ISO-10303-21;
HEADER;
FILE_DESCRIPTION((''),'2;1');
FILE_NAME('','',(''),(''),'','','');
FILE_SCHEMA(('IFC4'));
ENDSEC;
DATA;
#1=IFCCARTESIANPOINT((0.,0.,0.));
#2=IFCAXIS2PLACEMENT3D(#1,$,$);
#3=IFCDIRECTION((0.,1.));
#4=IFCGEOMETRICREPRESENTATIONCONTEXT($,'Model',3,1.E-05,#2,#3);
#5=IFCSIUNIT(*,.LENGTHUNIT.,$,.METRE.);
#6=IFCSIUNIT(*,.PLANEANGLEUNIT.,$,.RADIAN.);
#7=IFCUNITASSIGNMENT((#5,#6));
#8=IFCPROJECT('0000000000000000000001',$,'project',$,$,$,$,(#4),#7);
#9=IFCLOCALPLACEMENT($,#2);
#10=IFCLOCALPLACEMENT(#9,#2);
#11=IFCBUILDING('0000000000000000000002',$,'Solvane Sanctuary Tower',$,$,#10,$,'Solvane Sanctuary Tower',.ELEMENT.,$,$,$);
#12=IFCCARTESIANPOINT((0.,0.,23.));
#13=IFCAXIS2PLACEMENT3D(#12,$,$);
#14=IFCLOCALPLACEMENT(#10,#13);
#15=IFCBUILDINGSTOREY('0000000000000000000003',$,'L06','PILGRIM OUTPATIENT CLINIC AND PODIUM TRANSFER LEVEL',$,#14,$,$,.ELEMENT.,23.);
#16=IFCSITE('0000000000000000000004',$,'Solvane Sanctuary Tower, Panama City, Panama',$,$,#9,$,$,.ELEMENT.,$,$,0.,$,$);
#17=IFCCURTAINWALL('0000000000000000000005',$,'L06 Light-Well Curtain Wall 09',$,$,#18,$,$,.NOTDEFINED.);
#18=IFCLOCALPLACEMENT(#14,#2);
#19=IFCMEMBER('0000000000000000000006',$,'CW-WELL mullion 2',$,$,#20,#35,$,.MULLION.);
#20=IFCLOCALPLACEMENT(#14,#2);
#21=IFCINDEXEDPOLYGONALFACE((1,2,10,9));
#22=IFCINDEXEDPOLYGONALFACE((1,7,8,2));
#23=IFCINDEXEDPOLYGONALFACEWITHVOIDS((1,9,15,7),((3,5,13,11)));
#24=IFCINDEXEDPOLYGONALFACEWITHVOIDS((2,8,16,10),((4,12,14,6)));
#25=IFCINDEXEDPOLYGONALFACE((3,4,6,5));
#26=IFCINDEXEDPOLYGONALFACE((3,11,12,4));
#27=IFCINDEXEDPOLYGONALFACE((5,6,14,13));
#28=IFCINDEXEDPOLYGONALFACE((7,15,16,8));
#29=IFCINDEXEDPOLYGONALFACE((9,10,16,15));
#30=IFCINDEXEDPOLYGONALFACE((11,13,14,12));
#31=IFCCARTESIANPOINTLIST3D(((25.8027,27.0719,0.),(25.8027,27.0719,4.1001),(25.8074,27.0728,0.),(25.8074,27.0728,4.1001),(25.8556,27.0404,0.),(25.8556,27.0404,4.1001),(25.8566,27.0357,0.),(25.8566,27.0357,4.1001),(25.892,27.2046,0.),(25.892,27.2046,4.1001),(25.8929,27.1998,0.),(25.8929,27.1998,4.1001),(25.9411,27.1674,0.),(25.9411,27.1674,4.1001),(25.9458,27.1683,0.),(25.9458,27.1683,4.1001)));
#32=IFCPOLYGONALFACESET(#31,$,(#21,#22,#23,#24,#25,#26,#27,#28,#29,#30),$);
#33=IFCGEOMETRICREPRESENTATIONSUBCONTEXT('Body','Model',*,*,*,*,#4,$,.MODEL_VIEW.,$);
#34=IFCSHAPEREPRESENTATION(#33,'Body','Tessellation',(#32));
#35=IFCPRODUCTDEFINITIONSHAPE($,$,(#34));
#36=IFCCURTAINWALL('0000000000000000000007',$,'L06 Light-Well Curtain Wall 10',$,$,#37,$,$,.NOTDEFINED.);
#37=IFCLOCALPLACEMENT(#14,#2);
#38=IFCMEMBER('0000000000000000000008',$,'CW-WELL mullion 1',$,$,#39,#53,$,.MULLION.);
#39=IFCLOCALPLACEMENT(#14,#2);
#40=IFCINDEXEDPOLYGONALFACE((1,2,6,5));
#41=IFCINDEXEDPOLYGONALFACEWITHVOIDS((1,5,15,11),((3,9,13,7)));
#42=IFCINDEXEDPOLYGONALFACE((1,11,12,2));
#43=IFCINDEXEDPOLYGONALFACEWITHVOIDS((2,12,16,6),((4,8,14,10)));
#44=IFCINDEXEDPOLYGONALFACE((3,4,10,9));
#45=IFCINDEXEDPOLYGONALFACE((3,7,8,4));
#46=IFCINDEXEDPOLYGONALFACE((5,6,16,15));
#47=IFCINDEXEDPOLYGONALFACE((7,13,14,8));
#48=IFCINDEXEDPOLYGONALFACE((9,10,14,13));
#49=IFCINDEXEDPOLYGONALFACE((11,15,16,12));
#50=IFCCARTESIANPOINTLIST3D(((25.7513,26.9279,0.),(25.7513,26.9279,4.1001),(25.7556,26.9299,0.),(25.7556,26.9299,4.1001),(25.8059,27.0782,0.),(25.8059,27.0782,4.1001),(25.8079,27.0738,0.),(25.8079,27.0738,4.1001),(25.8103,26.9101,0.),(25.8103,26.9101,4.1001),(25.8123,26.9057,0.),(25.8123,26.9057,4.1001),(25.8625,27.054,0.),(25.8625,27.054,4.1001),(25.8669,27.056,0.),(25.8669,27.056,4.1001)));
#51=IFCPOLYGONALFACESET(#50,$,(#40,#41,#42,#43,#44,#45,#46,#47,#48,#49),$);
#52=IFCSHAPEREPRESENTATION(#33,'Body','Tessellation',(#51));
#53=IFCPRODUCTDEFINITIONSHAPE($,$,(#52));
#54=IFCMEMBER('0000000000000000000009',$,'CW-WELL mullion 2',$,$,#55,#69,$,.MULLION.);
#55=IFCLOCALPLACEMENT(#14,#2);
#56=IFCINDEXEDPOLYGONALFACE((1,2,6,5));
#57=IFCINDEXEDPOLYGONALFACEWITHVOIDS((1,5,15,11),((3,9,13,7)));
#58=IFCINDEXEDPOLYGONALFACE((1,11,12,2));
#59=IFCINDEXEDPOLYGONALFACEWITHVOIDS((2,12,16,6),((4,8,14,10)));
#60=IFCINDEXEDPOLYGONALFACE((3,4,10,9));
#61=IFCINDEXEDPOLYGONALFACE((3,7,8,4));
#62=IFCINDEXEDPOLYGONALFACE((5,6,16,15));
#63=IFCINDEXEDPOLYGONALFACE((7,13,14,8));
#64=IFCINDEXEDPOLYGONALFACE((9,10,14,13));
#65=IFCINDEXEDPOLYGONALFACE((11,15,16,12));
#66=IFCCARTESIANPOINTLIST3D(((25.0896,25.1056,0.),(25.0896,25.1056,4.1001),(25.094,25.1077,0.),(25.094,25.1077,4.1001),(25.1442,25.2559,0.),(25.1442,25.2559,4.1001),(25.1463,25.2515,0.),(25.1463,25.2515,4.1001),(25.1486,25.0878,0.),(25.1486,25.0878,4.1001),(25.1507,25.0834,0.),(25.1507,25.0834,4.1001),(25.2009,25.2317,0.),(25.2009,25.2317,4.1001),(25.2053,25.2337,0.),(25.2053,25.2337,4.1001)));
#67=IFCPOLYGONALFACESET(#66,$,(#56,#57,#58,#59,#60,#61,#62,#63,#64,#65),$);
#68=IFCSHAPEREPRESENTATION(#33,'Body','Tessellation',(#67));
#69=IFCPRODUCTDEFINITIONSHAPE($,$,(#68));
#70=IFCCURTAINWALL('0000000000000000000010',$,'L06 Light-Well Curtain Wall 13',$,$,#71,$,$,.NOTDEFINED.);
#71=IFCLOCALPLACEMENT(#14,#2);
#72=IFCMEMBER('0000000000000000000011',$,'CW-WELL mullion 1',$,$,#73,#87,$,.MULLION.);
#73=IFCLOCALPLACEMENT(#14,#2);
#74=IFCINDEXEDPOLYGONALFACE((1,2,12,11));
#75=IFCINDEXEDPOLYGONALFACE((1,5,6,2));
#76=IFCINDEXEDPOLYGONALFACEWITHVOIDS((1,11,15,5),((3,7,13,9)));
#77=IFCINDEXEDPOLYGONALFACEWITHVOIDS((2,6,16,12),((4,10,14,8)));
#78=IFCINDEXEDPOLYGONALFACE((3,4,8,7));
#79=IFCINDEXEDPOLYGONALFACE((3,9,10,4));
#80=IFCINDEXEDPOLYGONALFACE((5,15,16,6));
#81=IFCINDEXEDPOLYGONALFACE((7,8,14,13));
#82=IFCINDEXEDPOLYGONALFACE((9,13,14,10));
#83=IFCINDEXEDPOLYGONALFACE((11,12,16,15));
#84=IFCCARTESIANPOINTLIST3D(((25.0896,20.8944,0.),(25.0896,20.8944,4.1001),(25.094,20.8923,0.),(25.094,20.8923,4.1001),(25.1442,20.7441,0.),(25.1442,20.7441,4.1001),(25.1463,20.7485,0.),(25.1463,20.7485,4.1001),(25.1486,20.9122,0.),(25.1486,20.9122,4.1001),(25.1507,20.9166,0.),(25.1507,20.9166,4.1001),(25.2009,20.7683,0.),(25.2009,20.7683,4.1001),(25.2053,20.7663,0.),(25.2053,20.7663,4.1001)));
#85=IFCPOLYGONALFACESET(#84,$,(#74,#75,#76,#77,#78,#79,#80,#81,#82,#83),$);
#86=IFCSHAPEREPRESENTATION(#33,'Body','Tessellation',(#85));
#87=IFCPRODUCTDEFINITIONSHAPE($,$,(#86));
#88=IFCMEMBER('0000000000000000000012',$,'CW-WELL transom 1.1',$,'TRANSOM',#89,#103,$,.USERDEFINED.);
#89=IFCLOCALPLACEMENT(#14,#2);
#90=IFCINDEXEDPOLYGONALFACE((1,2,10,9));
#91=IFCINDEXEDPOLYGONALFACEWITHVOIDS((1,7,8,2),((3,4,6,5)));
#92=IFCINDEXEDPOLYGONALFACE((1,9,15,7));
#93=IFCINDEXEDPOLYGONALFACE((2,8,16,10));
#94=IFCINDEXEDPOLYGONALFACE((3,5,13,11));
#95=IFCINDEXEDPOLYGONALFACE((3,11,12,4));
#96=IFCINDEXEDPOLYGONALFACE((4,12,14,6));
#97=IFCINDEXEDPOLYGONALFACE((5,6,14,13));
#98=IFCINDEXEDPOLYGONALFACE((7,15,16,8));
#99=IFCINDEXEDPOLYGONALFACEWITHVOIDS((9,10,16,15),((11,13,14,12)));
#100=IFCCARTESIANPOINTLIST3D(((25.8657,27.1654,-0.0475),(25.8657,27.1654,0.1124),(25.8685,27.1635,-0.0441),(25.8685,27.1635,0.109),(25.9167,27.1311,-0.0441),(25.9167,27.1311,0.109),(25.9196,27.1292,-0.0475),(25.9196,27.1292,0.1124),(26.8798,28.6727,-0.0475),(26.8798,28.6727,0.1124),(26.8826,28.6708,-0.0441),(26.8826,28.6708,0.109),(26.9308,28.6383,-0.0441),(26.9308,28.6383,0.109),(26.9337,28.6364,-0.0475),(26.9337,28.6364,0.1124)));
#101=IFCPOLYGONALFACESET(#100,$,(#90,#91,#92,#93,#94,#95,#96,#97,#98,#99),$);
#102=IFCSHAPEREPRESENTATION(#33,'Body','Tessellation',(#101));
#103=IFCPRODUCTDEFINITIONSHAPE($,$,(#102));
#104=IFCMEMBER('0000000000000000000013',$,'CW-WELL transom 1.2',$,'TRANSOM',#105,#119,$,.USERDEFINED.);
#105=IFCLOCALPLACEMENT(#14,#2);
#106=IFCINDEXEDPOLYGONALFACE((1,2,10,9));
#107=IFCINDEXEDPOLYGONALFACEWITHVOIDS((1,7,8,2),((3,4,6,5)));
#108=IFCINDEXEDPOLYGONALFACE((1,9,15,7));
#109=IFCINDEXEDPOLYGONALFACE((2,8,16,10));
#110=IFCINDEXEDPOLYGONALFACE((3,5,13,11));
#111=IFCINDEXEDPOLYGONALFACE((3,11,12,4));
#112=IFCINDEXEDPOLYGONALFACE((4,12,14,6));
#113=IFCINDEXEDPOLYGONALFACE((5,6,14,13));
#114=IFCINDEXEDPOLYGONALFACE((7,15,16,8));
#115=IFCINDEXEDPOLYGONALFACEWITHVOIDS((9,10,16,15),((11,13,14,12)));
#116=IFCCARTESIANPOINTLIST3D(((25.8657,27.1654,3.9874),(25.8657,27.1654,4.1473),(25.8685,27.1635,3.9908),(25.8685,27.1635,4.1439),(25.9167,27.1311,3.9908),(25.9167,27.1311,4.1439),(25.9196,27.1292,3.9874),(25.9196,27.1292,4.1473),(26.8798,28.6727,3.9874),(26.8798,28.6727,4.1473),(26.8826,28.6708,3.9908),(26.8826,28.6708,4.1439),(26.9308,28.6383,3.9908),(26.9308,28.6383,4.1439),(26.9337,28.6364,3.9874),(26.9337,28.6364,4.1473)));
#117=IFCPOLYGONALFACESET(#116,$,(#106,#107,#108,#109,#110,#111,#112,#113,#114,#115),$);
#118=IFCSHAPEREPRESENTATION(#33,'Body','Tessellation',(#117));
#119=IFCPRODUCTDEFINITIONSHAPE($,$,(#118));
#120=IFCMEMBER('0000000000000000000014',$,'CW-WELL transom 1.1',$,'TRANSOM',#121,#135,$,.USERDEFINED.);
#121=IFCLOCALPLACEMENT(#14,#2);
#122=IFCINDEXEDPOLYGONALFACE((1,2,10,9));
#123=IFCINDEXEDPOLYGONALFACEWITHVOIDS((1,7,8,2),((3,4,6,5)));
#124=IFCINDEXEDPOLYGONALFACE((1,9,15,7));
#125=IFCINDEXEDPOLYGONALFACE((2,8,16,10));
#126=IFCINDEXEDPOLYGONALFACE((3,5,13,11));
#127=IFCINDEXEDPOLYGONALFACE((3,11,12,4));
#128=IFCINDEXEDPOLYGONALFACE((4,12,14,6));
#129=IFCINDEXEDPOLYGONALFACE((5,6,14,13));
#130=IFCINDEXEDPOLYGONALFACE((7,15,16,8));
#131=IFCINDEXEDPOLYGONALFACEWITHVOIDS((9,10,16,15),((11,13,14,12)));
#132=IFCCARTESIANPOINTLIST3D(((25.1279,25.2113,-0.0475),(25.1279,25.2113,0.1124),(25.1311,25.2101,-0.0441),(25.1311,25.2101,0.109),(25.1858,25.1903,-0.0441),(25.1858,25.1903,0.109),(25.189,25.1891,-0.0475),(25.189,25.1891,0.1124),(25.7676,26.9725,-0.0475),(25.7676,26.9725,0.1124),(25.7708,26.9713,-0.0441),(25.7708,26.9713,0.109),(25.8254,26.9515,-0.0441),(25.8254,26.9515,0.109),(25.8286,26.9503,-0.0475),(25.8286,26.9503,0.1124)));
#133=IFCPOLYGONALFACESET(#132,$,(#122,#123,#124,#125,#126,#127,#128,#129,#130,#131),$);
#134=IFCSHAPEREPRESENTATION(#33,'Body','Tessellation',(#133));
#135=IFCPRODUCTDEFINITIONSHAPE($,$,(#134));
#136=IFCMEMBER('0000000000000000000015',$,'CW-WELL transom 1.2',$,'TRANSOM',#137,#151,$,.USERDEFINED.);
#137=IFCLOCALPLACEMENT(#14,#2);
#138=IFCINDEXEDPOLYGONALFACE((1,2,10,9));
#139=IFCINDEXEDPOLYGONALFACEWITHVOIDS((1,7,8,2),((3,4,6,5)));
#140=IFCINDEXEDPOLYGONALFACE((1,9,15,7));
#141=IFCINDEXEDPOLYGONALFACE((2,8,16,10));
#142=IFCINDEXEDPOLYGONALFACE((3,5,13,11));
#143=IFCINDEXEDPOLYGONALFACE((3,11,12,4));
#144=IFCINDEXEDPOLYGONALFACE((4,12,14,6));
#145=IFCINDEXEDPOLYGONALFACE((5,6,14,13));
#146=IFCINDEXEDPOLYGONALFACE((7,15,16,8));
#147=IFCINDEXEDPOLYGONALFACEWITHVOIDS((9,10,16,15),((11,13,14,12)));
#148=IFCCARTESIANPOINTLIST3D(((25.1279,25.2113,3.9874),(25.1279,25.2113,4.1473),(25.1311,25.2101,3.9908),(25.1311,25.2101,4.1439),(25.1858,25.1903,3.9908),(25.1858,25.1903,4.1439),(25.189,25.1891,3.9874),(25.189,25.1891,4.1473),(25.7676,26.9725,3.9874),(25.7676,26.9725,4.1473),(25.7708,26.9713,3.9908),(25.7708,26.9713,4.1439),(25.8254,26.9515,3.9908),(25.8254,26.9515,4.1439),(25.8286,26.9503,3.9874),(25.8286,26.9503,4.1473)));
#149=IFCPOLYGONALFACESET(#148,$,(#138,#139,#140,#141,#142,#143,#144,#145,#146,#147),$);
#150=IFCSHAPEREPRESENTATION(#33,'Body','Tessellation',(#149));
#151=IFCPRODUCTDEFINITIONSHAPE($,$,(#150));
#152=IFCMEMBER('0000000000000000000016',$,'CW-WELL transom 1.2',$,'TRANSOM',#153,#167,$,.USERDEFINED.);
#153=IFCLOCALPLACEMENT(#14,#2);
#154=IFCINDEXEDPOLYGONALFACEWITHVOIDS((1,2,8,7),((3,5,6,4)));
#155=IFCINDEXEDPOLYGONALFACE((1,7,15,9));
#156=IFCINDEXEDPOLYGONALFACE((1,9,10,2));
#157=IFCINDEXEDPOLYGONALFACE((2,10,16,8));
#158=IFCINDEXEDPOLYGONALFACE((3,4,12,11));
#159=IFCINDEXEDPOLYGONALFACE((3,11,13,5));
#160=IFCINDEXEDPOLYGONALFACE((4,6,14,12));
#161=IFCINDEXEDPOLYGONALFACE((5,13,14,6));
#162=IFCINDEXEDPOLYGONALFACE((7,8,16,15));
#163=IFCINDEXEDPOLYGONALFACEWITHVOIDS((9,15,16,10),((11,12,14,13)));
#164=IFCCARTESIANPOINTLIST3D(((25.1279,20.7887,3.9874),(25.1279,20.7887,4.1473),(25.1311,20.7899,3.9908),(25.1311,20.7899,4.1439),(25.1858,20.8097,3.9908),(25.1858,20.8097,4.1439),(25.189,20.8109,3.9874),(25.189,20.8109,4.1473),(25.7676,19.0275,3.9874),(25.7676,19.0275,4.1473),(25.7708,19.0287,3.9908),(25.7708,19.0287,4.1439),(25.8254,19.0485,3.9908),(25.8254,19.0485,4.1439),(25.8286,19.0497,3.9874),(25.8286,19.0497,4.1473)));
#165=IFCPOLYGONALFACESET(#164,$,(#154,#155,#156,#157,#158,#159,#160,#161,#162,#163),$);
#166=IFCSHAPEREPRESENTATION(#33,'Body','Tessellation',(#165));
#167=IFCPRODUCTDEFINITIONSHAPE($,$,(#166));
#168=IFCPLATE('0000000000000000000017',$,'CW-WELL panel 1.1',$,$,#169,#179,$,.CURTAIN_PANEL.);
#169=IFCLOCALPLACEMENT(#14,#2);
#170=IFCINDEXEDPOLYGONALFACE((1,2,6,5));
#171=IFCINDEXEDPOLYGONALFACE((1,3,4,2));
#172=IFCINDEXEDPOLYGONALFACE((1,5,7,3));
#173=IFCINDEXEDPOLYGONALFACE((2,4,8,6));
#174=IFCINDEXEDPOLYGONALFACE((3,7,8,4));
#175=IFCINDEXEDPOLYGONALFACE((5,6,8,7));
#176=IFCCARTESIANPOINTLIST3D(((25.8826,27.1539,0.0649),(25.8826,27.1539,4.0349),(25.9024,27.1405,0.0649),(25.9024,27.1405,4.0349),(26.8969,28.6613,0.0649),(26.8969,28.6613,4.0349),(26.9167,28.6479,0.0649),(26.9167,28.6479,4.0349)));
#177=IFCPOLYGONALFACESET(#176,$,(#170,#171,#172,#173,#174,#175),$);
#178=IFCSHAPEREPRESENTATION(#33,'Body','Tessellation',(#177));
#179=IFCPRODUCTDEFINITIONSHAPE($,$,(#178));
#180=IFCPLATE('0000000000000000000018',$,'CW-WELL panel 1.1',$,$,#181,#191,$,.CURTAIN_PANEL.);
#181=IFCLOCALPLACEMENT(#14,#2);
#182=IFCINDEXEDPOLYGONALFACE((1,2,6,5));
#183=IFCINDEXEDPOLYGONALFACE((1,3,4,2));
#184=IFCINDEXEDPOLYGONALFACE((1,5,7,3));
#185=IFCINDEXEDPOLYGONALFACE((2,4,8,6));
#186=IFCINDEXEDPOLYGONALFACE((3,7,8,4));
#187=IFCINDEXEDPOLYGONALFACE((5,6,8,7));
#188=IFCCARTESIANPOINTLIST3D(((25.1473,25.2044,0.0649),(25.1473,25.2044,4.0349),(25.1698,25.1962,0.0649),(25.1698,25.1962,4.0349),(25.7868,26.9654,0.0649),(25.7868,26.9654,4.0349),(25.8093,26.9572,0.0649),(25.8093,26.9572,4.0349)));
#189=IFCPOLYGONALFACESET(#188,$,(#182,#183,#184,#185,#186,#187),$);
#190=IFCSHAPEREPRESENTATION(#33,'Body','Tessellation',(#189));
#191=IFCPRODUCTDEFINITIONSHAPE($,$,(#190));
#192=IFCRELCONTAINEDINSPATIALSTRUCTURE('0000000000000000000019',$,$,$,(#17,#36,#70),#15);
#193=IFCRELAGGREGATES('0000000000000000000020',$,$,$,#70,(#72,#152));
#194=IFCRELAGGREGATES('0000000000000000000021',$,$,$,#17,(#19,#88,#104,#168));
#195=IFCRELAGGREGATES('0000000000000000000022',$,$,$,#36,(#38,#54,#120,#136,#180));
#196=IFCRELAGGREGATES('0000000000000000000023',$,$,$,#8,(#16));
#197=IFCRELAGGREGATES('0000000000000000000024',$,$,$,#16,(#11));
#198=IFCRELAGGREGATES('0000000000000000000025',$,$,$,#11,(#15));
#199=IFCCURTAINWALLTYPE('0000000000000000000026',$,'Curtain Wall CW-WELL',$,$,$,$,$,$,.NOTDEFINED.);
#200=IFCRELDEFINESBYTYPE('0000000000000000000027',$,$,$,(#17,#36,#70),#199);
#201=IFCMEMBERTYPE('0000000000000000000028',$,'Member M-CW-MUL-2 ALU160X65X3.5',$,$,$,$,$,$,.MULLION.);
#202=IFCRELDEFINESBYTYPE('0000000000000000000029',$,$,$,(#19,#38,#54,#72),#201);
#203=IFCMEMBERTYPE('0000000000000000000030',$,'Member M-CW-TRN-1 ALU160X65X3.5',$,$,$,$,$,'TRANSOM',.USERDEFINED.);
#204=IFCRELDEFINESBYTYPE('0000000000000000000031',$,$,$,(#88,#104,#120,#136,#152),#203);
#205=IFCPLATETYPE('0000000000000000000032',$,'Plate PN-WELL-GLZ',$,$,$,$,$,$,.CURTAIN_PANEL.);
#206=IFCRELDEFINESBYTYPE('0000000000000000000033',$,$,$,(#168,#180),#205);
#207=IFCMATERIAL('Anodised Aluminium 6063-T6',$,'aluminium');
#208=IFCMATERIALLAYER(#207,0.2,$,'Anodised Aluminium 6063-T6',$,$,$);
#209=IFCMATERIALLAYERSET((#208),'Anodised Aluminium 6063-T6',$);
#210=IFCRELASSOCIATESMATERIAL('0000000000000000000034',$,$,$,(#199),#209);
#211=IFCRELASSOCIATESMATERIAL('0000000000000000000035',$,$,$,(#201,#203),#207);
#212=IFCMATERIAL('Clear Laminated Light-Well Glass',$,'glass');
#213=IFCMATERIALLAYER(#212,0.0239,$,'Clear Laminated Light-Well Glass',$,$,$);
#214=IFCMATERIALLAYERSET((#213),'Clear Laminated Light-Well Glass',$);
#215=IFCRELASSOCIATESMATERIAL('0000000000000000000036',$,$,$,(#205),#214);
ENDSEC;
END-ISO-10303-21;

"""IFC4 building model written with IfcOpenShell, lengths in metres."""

from ifc_helpers import new_model, si_unit, direction, frame, origin, origin_2d, place, context, subcontext, project, spatial, rectangle, hollow_rectangle, extrude, material, layer, layer_set, material_profile, profile_set, type_object, element, aggregate, save


model = new_model("IFC4")

# Units and contexts
model_context = context("Model", 3, precision=1e-05, world=origin(), true_north=direction((0.0, 1.0)))
body_context = subcontext(model_context, "Body", "Model", "MODEL_VIEW")
ifc_project = project(units=[si_unit("LENGTHUNIT", "METRE"), si_unit("PLANEANGLEUNIT", "RADIAN")], contexts=[model_context])

# Site, building, storey
site_placement = place(None, origin())
site = spatial("IfcSite", under=ifc_project, at=site_placement, Name="Solvane Sanctuary Tower, Panama City, Panama", CompositionType="ELEMENT", RefElevation=0.0)
building_placement = place(site_placement, origin())
building = spatial("IfcBuilding", under=site, at=building_placement, Name="Solvane Sanctuary Tower", LongName="Solvane Sanctuary Tower", CompositionType="ELEMENT")
storey_placement = place(building_placement, frame((0.0, 0.0, 23.0)))
storey = spatial("IfcBuildingStorey", under=building, at=storey_placement, Name="L06", Description="PILGRIM OUTPATIENT CLINIC AND PODIUM TRANSFER LEVEL", CompositionType="ELEMENT", Elevation=23.0)

# Curtain wall, member
ifc_material_1 = material(Name="Anodised Aluminium 6063-T6", Category="aluminium")
ifc_layer_1 = layer(ifc_material_1, 0.2, Name="Anodised Aluminium 6063-T6")
ifc_layer_set_1 = layer_set([ifc_layer_1], Name="Anodised Aluminium 6063-T6")
curtain_wall_type = type_object("IfcCurtainWallType", Name="Curtain Wall CW-WELL", PredefinedType="NOTDEFINED", material=ifc_layer_set_1)
curtain_wall_1_placement = place(storey_placement, origin())
curtain_wall_1 = element("IfcCurtainWall", 1, at=curtain_wall_1_placement, inside=storey, type_object=curtain_wall_type, Name="L06 Light-Well Curtain Wall 09", PredefinedType="NOTDEFINED")
ifc_material_profile_1 = material_profile(ifc_material_1, hollow_rectangle(XDim=0.0649, YDim=0.1599, WallThickness=0.0034, at=origin_2d()), Name="ALU160X65X3.5")
ifc_profile_set_1 = profile_set([ifc_material_profile_1], Name="Anodised Aluminium 6063-T6")
member_type_1 = type_object("IfcMemberType", Name="Member M-CW-MUL-2 ALU160X65X3.5", PredefinedType="MULLION", material=ifc_profile_set_1)
member_1_placement = place(storey_placement, frame((25.8743, 27.1201, 0.0), z_axis=(0.0, 0.0, 1.0), x_axis=(0.829664, -0.558263, 0.0)))
member_1 = element("IfcMember", 2, at=member_1_placement, type_object=member_type_1, Name="CW-WELL mullion 2", PredefinedType="MULLION", context=body_context, shape_type="SweptSolid", body=[
    extrude(hollow_rectangle(XDim=0.0649, YDim=0.1599, WallThickness=0.0034, at=origin_2d()), origin(), (0.0, 0.0, 1.0), 4.1001),
])

# Curtain wall, members
curtain_wall_2_placement = place(storey_placement, origin())
curtain_wall_2 = element("IfcCurtainWall", 3, at=curtain_wall_2_placement, inside=storey, type_object=curtain_wall_type, Name="L06 Light-Well Curtain Wall 10", PredefinedType="NOTDEFINED")
member_2_placement = place(storey_placement, frame((25.8091, 26.9919, 0.0), z_axis=(0.0, 0.0, 1.0), x_axis=(0.939938, -0.341346, 0.0)))
member_2 = element("IfcMember", 4, at=member_2_placement, type_object=member_type_1, Name="CW-WELL mullion 1", PredefinedType="MULLION", context=body_context, shape_type="SweptSolid", body=[
    extrude(hollow_rectangle(XDim=0.0649, YDim=0.1599, WallThickness=0.0034, at=origin_2d()), origin(), (0.0, 0.0, 1.0), 4.1001),
])
member_3_placement = place(storey_placement, frame((25.1475, 25.1697, 0.0), z_axis=(0.0, 0.0, 1.0), x_axis=(0.939938, -0.341346, 0.0)))
member_3 = element("IfcMember", 5, at=member_3_placement, type_object=member_type_1, Name="CW-WELL mullion 2", PredefinedType="MULLION", context=body_context, shape_type="SweptSolid", body=[
    extrude(hollow_rectangle(XDim=0.0649, YDim=0.1599, WallThickness=0.0034, at=origin_2d()), origin(), (0.0, 0.0, 1.0), 4.1001),
])

# Curtain wall, member
curtain_wall_3_placement = place(storey_placement, origin())
curtain_wall_3 = element("IfcCurtainWall", 6, at=curtain_wall_3_placement, inside=storey, type_object=curtain_wall_type, Name="L06 Light-Well Curtain Wall 13", PredefinedType="NOTDEFINED")
member_4_placement = place(storey_placement, frame((25.1475, 20.8303, 0.0), z_axis=(0.0, 0.0, 1.0), x_axis=(0.939938, 0.341346, 0.0)))
member_4 = element("IfcMember", 7, at=member_4_placement, type_object=member_type_1, Name="CW-WELL mullion 1", PredefinedType="MULLION", context=body_context, shape_type="SweptSolid", body=[
    extrude(hollow_rectangle(XDim=0.0649, YDim=0.1599, WallThickness=0.0034, at=origin_2d()), origin(), (0.0, 0.0, 1.0), 4.1001),
])

# Members
ifc_material_profile_2 = material_profile(ifc_material_1, hollow_rectangle(XDim=0.0649, YDim=0.1599, WallThickness=0.0034, at=origin_2d()), Name="ALU160X65X3.5")
ifc_profile_set_2 = profile_set([ifc_material_profile_2], Name="Anodised Aluminium 6063-T6")
member_type_2 = type_object("IfcMemberType", Name="Member M-CW-TRN-1 ALU160X65X3.5", ElementType="TRANSOM", PredefinedType="USERDEFINED", material=ifc_profile_set_2)
member_5_placement = place(storey_placement, frame((26.9067, 28.6545, 0.0325), z_axis=(-0.558231, -0.829686, 0.0), x_axis=(0.829686, -0.558231, 0.0)))
member_5 = element("IfcMember", 8, at=member_5_placement, type_object=member_type_2, Name="CW-WELL transom 1.1", ObjectType="TRANSOM", PredefinedType="USERDEFINED", context=body_context, shape_type="SweptSolid", body=[
    extrude(hollow_rectangle(XDim=0.0649, YDim=0.1599, WallThickness=0.0034, at=origin_2d()), origin(), (0.0, 0.0, 1.0), 1.8167),
])
member_6_placement = place(storey_placement, frame((26.9067, 28.6545, 4.0674), z_axis=(-0.558231, -0.829686, 0.0), x_axis=(0.829686, -0.558231, 0.0)))
member_6 = element("IfcMember", 9, at=member_6_placement, type_object=member_type_2, Name="CW-WELL transom 1.2", ObjectType="TRANSOM", PredefinedType="USERDEFINED", context=body_context, shape_type="SweptSolid", body=[
    extrude(hollow_rectangle(XDim=0.0649, YDim=0.1599, WallThickness=0.0034, at=origin_2d()), origin(), (0.0, 0.0, 1.0), 1.8167),
])
member_7_placement = place(storey_placement, frame((25.7981, 26.9614, 0.0325), z_axis=(-0.341366, -0.93993, 0.0), x_axis=(0.93993, -0.341366, 0.0)))
member_7 = element("IfcMember", 10, at=member_7_placement, type_object=member_type_2, Name="CW-WELL transom 1.1", ObjectType="TRANSOM", PredefinedType="USERDEFINED", context=body_context, shape_type="SweptSolid", body=[
    extrude(hollow_rectangle(XDim=0.0649, YDim=0.1599, WallThickness=0.0034, at=origin_2d()), origin(), (0.0, 0.0, 1.0), 1.8738),
])
member_8_placement = place(storey_placement, frame((25.7981, 26.9614, 4.0674), z_axis=(-0.341366, -0.93993, 0.0), x_axis=(0.93993, -0.341366, 0.0)))
member_8 = element("IfcMember", 11, at=member_8_placement, type_object=member_type_2, Name="CW-WELL transom 1.2", ObjectType="TRANSOM", PredefinedType="USERDEFINED", context=body_context, shape_type="SweptSolid", body=[
    extrude(hollow_rectangle(XDim=0.0649, YDim=0.1599, WallThickness=0.0034, at=origin_2d()), origin(), (0.0, 0.0, 1.0), 1.8738),
])
member_9_placement = place(storey_placement, frame((25.1584, 20.7998, 4.0674), z_axis=(0.341366, -0.93993, 0.0), x_axis=(0.93993, 0.341366, 0.0)))
member_9 = element("IfcMember", 12, at=member_9_placement, type_object=member_type_2, Name="CW-WELL transom 1.2", ObjectType="TRANSOM", PredefinedType="USERDEFINED", context=body_context, shape_type="SweptSolid", body=[
    extrude(hollow_rectangle(XDim=0.0649, YDim=0.1599, WallThickness=0.0034, at=origin_2d()), origin(), (0.0, 0.0, 1.0), 1.8738),
])
aggregate(curtain_wall_3, [member_4, member_9])

# Plates
ifc_material_2 = material(Name="Clear Laminated Light-Well Glass", Category="glass")
ifc_layer_2 = layer(ifc_material_2, 0.0239, Name="Clear Laminated Light-Well Glass")
ifc_layer_set_2 = layer_set([ifc_layer_2], Name="Clear Laminated Light-Well Glass")
plate_type = type_object("IfcPlateType", Name="Plate PN-WELL-GLZ", PredefinedType="CURTAIN_PANEL", material=ifc_layer_set_2)
plate_1_placement = place(storey_placement, frame((26.3997, 27.9009, 0.0649), z_axis=(0.0, 0.0, 1.0), x_axis=(-0.558263, -0.829664, 0.0)))
plate_1 = element("IfcPlate", 13, at=plate_1_placement, type_object=plate_type, Name="CW-WELL panel 1.1", PredefinedType="CURTAIN_PANEL", context=body_context, shape_type="SweptSolid", body=[
    extrude(rectangle(XDim=1.8169, YDim=0.0239, at=origin_2d()), origin(), (0.0, 0.0, 1.0), 3.97),
])
aggregate(curtain_wall_1, [member_1, member_5, member_6, plate_1])
plate_2_placement = place(storey_placement, frame((25.4783, 26.0808, 0.0649), z_axis=(0.0, 0.0, 1.0), x_axis=(-0.341346, -0.939938, 0.0)))
plate_2 = element("IfcPlate", 14, at=plate_2_placement, type_object=plate_type, Name="CW-WELL panel 1.1", PredefinedType="CURTAIN_PANEL", context=body_context, shape_type="SweptSolid", body=[
    extrude(rectangle(XDim=1.8735, YDim=0.0239, at=origin_2d()), origin(), (0.0, 0.0, 1.0), 3.97),
])
aggregate(curtain_wall_2, [member_2, member_3, member_7, member_8, plate_2])

save(model, "model.ifc")
